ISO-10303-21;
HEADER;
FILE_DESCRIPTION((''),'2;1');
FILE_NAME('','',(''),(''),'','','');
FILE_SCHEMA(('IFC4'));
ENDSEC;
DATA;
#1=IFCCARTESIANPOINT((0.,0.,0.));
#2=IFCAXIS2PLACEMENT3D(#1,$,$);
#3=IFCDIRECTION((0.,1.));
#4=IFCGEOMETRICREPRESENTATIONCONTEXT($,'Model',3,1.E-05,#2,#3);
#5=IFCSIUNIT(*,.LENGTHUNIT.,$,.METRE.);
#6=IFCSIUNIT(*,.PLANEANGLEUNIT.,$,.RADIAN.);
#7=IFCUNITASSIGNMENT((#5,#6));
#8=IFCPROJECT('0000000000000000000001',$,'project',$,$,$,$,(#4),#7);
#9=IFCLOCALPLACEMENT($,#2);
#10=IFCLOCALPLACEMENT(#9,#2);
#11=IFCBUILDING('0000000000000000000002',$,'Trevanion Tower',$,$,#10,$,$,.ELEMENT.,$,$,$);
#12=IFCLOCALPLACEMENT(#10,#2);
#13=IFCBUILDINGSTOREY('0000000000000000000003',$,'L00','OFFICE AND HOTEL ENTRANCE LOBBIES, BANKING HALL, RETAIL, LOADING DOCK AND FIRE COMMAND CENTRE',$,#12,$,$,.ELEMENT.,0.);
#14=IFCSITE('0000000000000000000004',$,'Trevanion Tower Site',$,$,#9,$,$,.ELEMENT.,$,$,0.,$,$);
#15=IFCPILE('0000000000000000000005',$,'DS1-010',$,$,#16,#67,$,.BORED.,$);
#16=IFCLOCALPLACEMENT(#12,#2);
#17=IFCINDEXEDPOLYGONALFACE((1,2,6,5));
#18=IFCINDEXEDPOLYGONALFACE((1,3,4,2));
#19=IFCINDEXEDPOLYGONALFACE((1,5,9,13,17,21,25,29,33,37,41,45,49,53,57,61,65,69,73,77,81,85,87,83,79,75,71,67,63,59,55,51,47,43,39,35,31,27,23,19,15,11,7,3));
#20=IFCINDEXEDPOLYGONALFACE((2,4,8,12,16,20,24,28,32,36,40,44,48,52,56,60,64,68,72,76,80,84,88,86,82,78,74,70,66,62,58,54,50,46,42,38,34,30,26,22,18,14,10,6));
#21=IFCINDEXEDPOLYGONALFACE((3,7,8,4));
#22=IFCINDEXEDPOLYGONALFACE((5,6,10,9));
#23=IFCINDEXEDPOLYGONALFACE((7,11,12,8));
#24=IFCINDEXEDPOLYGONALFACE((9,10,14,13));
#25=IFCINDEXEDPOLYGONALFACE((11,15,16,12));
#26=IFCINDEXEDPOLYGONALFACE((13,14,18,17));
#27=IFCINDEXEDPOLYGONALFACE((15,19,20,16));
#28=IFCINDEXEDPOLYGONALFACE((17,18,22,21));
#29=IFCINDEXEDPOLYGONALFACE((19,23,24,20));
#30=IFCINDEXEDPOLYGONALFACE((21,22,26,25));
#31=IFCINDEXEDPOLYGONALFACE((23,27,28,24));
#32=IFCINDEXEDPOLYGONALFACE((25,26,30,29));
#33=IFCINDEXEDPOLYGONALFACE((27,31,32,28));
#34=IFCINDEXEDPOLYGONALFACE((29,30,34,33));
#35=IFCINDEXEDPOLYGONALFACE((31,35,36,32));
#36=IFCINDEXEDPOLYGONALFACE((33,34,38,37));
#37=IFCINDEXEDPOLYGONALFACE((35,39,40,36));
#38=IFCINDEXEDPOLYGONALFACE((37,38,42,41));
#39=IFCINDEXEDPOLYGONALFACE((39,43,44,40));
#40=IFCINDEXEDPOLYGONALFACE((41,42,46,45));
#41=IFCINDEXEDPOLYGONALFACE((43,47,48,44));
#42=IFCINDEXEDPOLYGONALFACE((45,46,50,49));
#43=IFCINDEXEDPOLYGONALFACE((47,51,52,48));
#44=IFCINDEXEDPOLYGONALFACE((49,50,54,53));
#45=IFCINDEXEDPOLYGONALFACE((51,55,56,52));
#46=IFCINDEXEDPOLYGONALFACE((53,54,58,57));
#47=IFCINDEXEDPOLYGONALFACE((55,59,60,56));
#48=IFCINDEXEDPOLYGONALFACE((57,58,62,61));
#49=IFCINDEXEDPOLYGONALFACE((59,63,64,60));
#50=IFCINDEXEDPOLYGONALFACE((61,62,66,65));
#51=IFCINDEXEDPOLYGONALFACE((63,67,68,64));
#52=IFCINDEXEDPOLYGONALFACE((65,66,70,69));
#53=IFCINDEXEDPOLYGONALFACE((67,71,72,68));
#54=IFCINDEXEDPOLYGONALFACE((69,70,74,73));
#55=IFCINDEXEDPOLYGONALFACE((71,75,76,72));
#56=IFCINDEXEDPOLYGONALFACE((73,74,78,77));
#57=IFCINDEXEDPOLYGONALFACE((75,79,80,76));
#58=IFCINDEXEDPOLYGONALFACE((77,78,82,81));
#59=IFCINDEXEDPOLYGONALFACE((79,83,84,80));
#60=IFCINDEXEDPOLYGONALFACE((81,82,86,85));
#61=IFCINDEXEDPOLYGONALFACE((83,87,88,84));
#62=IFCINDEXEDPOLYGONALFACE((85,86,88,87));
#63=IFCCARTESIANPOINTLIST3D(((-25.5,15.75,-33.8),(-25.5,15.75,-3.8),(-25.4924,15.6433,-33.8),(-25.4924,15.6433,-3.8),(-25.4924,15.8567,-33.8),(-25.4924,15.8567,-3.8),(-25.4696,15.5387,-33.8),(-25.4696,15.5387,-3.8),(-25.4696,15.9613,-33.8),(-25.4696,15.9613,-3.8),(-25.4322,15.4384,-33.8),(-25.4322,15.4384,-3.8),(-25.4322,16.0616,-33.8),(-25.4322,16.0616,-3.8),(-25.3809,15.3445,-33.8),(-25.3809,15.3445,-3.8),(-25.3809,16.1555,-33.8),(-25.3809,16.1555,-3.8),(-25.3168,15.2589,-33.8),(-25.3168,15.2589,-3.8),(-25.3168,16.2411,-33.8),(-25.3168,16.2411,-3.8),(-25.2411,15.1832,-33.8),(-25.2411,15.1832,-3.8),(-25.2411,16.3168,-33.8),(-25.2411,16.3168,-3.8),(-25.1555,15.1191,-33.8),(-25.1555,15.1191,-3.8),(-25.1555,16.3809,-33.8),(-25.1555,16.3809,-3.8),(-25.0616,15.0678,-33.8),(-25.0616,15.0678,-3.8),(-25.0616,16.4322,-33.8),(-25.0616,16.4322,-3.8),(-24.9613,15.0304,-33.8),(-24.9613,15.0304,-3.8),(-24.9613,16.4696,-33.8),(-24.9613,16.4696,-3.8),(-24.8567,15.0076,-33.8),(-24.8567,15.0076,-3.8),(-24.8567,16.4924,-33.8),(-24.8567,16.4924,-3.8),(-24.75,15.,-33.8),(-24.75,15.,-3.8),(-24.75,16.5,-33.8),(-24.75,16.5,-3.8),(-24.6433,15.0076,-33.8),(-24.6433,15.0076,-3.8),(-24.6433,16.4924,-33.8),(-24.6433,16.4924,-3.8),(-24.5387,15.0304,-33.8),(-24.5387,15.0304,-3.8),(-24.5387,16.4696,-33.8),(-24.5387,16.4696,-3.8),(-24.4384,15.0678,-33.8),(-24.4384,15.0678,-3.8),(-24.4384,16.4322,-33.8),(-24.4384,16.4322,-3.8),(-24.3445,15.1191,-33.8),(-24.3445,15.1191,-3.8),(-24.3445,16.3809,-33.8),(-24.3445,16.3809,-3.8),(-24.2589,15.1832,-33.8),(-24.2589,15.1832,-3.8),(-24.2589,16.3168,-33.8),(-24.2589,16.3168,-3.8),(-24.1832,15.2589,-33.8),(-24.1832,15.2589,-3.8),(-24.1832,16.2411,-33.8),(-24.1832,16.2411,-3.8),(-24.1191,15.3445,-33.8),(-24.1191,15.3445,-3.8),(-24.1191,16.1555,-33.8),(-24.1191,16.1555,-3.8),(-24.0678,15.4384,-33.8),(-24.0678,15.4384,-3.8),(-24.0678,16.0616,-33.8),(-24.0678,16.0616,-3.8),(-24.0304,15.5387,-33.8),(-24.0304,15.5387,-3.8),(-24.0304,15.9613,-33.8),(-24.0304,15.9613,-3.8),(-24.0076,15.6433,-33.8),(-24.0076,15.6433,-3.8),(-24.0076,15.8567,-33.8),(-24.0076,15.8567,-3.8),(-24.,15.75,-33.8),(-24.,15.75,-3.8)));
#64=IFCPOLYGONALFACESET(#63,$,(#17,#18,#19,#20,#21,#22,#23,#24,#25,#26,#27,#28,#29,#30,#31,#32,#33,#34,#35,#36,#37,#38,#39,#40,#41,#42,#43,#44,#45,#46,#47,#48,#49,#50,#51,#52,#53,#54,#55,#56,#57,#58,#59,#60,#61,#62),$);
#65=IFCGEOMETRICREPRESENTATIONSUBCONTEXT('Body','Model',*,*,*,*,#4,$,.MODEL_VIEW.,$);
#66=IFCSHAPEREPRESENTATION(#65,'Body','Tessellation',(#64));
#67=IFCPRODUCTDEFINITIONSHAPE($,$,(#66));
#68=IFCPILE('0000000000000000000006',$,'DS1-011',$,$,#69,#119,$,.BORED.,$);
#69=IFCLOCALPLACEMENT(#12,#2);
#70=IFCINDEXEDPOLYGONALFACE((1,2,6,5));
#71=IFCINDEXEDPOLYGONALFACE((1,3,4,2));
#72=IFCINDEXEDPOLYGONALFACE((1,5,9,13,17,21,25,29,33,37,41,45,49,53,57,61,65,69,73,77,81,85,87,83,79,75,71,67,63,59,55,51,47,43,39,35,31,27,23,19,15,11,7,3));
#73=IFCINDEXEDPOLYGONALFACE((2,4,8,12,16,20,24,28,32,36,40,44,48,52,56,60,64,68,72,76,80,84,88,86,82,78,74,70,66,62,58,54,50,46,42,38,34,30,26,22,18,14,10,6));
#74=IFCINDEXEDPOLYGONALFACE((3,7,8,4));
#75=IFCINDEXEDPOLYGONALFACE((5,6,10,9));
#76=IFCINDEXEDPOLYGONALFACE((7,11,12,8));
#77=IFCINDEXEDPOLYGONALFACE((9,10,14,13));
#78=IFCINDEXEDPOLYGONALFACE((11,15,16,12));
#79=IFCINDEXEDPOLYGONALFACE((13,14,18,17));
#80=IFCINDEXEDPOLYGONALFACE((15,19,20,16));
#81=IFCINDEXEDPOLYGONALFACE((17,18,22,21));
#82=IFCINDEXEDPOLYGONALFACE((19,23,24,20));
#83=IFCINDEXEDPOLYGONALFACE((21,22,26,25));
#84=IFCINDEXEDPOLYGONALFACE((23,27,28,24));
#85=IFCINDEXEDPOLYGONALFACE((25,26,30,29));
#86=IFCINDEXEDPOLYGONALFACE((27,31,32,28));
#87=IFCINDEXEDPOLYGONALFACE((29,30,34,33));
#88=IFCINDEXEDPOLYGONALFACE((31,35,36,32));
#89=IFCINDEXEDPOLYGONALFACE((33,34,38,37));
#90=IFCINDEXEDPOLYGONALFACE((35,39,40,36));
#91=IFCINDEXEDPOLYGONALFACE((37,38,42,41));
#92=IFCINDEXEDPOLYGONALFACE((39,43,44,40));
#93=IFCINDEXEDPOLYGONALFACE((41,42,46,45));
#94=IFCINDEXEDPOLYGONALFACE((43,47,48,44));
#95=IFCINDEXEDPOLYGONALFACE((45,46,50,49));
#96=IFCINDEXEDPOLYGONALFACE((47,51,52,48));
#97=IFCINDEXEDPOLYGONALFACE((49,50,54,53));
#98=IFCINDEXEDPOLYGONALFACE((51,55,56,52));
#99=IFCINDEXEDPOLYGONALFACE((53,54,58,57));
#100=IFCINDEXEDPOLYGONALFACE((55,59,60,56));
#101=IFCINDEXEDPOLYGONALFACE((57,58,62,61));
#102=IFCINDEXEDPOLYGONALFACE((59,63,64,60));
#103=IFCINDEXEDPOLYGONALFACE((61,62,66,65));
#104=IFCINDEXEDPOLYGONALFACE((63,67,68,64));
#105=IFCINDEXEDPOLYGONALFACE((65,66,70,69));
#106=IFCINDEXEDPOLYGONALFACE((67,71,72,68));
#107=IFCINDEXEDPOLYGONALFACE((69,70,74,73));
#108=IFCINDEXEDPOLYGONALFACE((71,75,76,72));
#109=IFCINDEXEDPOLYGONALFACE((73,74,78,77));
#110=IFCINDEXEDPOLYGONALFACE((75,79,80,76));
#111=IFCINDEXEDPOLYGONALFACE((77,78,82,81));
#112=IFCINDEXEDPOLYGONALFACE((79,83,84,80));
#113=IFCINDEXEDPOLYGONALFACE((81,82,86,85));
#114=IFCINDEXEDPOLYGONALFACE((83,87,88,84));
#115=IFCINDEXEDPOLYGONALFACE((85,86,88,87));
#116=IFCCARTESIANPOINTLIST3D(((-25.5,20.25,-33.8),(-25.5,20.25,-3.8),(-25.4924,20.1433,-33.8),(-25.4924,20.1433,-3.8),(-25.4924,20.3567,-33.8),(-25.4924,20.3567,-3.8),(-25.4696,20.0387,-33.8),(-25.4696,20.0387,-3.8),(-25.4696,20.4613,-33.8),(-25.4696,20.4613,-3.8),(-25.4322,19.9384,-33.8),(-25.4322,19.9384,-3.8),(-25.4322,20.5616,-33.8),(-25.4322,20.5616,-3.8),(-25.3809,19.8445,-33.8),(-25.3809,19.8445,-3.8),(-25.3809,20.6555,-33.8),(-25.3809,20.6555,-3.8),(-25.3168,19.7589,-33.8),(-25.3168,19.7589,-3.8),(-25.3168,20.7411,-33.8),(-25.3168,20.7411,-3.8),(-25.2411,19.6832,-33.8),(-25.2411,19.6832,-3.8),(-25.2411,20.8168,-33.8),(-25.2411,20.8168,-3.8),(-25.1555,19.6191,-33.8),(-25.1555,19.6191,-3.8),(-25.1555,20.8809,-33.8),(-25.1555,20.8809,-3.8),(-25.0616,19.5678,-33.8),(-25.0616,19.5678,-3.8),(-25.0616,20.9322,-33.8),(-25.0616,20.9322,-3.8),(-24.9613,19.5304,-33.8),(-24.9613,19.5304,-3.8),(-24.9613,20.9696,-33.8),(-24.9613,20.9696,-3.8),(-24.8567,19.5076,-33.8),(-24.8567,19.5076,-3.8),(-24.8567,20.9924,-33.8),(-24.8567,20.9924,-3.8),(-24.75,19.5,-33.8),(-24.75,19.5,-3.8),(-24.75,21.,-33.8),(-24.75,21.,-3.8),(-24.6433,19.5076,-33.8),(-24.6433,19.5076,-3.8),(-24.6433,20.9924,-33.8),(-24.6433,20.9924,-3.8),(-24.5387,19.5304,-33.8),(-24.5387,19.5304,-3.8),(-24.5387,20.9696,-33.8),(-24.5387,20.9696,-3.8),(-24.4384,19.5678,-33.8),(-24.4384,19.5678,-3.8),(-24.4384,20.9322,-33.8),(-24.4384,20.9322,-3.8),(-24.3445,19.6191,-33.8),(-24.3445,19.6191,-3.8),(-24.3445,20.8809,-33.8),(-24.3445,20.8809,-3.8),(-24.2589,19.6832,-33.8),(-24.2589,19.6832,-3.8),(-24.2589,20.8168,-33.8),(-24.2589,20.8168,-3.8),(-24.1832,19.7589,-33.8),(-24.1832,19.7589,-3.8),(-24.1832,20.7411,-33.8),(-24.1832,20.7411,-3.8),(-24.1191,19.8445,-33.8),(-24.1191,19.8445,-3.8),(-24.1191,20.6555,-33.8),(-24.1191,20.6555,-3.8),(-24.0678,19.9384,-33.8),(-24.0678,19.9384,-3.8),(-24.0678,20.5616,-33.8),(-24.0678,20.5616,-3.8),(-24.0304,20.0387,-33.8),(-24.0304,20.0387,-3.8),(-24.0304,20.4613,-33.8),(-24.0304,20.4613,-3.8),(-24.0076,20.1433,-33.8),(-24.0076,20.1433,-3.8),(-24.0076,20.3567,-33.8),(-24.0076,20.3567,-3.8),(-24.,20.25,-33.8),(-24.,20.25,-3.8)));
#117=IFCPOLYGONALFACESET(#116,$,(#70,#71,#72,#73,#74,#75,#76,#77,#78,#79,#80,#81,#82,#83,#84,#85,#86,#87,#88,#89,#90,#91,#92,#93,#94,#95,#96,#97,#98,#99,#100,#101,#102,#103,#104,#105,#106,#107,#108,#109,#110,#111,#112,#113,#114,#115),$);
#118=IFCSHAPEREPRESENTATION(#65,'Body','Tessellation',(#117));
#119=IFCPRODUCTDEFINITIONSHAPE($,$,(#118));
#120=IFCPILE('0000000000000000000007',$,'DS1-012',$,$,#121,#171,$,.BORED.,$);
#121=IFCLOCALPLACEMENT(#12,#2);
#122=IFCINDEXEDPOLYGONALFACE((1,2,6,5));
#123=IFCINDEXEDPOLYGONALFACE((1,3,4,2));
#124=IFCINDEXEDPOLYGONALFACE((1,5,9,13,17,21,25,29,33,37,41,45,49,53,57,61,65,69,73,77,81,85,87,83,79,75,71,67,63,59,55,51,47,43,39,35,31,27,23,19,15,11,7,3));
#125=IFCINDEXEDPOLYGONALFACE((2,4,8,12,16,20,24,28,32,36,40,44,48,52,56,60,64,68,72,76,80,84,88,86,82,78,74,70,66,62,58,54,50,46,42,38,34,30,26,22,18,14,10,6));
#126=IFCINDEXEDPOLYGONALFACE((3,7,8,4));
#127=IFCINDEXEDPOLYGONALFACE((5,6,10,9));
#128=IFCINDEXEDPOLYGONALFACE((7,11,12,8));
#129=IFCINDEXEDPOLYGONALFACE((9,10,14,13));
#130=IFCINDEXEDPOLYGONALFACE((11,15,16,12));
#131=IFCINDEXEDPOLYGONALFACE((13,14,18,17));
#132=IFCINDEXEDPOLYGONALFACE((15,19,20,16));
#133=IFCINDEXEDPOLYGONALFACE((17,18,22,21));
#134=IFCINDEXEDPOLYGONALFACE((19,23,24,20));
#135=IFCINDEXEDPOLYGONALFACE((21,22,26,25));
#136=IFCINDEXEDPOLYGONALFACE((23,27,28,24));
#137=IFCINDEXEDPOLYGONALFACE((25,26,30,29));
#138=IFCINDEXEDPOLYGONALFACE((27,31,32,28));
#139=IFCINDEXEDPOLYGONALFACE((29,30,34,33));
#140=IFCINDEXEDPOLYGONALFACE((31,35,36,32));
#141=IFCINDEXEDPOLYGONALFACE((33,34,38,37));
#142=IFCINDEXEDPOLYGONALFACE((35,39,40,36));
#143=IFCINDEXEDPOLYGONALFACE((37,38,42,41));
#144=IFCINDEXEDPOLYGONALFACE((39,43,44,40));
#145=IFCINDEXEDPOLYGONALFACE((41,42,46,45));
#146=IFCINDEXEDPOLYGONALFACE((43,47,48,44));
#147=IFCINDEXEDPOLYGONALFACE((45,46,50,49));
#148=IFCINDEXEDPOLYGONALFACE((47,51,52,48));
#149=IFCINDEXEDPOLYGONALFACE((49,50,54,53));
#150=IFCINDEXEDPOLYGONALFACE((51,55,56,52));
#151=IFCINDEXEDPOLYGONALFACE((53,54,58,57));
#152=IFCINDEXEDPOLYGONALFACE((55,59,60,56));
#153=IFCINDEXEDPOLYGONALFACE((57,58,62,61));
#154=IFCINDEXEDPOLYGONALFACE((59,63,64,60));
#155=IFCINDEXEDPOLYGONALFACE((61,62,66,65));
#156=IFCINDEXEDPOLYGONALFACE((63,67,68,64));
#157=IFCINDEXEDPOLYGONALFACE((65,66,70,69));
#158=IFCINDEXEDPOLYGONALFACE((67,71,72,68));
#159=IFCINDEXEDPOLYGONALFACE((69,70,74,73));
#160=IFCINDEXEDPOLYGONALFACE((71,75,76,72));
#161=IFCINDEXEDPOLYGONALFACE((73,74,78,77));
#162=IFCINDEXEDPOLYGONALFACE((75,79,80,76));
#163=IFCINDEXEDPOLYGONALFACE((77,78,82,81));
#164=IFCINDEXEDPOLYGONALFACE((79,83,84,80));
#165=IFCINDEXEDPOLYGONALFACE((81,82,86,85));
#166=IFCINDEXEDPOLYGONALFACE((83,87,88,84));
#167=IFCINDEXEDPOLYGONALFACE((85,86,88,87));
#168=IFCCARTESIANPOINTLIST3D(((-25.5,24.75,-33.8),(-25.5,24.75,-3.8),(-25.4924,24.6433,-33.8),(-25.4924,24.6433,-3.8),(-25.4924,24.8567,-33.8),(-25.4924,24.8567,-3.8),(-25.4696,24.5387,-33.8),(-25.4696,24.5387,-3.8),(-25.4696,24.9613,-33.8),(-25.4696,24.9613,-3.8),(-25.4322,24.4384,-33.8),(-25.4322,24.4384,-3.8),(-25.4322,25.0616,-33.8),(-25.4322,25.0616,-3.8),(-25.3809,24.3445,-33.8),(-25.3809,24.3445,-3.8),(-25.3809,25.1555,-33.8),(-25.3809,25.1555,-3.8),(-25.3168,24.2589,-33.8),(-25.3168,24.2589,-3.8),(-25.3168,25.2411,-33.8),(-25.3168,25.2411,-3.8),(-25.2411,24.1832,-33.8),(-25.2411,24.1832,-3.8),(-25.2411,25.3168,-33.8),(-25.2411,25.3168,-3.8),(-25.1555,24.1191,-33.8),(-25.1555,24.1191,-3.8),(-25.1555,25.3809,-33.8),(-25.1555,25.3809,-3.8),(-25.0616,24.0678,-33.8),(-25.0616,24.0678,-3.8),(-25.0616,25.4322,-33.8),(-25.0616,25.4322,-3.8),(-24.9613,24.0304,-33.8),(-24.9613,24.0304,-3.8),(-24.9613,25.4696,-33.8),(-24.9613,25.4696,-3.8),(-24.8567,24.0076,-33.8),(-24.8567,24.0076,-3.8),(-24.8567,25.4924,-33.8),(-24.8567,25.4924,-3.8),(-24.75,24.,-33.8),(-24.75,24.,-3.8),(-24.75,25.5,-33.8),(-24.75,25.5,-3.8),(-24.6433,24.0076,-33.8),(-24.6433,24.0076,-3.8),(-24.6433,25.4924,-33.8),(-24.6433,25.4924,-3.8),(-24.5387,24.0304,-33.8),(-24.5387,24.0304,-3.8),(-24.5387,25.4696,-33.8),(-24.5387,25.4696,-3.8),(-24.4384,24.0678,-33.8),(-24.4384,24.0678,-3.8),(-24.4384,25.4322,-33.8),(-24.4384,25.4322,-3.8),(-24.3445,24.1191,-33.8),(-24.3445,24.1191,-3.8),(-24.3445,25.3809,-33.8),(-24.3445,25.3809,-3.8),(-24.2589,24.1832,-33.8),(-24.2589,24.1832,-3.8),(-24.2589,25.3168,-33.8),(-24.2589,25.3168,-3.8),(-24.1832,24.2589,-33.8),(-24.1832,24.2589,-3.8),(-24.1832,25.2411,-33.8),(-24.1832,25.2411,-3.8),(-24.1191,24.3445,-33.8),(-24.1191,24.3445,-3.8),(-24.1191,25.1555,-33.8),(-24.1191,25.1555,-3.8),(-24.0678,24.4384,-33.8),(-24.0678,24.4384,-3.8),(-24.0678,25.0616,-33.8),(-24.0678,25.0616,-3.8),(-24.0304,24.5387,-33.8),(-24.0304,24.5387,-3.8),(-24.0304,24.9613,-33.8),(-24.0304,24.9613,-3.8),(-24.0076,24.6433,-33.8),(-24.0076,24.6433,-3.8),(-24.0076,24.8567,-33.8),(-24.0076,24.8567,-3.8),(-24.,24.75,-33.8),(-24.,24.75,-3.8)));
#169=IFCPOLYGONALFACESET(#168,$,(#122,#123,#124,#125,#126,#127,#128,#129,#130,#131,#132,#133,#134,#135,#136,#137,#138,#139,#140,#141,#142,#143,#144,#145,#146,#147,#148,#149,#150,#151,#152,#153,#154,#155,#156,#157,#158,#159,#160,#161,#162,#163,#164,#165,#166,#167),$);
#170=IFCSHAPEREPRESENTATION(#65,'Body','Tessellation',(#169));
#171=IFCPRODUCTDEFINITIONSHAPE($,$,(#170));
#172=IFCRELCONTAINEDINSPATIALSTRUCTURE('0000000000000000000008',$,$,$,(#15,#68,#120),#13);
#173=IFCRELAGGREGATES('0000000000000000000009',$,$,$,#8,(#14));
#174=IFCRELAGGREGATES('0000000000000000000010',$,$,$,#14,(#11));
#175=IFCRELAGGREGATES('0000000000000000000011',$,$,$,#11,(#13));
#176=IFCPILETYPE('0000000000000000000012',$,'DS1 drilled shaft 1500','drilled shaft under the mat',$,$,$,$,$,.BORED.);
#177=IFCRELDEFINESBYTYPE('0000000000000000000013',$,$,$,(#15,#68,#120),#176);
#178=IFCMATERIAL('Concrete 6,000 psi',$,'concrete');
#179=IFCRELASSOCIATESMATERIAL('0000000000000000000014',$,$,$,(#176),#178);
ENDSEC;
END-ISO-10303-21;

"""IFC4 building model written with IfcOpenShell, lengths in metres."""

from ifc_helpers import new_model, si_unit, direction, frame, origin, origin_2d, place, context, subcontext, project, spatial, circle, extrude, material, material_profile, profile_set, type_object, element, save


model = new_model("IFC4")

# Units and contexts
model_context = context("Model", 3, precision=1e-05, world=origin(), true_north=direction((0.0, 1.0)))
body_context = subcontext(model_context, "Body", "Model", "MODEL_VIEW")
ifc_project = project(units=[si_unit("LENGTHUNIT", "METRE"), si_unit("PLANEANGLEUNIT", "RADIAN")], contexts=[model_context])

# Site, building, storey
site_placement = place(None, origin())
site = spatial("IfcSite", under=ifc_project, at=site_placement, Name="Trevanion Tower Site", CompositionType="ELEMENT", RefElevation=0.0)
building_placement = place(site_placement, origin())
building = spatial("IfcBuilding", under=site, at=building_placement, Name="Trevanion Tower", CompositionType="ELEMENT")
storey_placement = place(building_placement, origin())
storey = spatial("IfcBuildingStorey", under=building, at=storey_placement, Name="L00", Description="OFFICE AND HOTEL ENTRANCE LOBBIES, BANKING HALL, RETAIL, LOADING DOCK AND FIRE COMMAND CENTRE", CompositionType="ELEMENT", Elevation=0.0)

# Piles
ifc_material_1 = material(Name="Concrete 6,000 psi", Category="concrete")
ifc_material_profile_1 = material_profile(ifc_material_1, circle(Radius=0.75, at=origin_2d()), Name="DS1 drilled shaft 1500")
ifc_profile_set_1 = profile_set([ifc_material_profile_1], Name="Concrete 6,000 psi")
pile_type_1 = type_object("IfcPileType", Name="DS1 drilled shaft 1500", Description="drilled shaft under the mat", PredefinedType="BORED", material=ifc_profile_set_1)
for number, where, z_axis, x_axis, name in (
    (1, (-24.75, 15.75, -3.8), (0.0, 0.0, -1.0), (1.0, 0.0, 0.0), "DS1-010"),
    (2, (-24.75, 20.25, -3.8), (0.0, 0.0, -1.0), (1.0, 0.0, 0.0), "DS1-011"),
    (3, (-24.75, 24.75, -3.8), (0.0, 0.0, -1.0), (1.0, 0.0, 0.0), "DS1-012"),
):
    element("IfcPile", number, at=place(storey_placement, frame(where, z_axis=z_axis, x_axis=x_axis)), inside=storey, type_object=pile_type_1, Name=name, PredefinedType="BORED", context=body_context, shape_type="SweptSolid", body=[
        extrude(circle(Radius=0.75, at=origin_2d()), origin(), (0.0, 0.0, 1.0), 30.0),
    ])

save(model, "model.ifc")
